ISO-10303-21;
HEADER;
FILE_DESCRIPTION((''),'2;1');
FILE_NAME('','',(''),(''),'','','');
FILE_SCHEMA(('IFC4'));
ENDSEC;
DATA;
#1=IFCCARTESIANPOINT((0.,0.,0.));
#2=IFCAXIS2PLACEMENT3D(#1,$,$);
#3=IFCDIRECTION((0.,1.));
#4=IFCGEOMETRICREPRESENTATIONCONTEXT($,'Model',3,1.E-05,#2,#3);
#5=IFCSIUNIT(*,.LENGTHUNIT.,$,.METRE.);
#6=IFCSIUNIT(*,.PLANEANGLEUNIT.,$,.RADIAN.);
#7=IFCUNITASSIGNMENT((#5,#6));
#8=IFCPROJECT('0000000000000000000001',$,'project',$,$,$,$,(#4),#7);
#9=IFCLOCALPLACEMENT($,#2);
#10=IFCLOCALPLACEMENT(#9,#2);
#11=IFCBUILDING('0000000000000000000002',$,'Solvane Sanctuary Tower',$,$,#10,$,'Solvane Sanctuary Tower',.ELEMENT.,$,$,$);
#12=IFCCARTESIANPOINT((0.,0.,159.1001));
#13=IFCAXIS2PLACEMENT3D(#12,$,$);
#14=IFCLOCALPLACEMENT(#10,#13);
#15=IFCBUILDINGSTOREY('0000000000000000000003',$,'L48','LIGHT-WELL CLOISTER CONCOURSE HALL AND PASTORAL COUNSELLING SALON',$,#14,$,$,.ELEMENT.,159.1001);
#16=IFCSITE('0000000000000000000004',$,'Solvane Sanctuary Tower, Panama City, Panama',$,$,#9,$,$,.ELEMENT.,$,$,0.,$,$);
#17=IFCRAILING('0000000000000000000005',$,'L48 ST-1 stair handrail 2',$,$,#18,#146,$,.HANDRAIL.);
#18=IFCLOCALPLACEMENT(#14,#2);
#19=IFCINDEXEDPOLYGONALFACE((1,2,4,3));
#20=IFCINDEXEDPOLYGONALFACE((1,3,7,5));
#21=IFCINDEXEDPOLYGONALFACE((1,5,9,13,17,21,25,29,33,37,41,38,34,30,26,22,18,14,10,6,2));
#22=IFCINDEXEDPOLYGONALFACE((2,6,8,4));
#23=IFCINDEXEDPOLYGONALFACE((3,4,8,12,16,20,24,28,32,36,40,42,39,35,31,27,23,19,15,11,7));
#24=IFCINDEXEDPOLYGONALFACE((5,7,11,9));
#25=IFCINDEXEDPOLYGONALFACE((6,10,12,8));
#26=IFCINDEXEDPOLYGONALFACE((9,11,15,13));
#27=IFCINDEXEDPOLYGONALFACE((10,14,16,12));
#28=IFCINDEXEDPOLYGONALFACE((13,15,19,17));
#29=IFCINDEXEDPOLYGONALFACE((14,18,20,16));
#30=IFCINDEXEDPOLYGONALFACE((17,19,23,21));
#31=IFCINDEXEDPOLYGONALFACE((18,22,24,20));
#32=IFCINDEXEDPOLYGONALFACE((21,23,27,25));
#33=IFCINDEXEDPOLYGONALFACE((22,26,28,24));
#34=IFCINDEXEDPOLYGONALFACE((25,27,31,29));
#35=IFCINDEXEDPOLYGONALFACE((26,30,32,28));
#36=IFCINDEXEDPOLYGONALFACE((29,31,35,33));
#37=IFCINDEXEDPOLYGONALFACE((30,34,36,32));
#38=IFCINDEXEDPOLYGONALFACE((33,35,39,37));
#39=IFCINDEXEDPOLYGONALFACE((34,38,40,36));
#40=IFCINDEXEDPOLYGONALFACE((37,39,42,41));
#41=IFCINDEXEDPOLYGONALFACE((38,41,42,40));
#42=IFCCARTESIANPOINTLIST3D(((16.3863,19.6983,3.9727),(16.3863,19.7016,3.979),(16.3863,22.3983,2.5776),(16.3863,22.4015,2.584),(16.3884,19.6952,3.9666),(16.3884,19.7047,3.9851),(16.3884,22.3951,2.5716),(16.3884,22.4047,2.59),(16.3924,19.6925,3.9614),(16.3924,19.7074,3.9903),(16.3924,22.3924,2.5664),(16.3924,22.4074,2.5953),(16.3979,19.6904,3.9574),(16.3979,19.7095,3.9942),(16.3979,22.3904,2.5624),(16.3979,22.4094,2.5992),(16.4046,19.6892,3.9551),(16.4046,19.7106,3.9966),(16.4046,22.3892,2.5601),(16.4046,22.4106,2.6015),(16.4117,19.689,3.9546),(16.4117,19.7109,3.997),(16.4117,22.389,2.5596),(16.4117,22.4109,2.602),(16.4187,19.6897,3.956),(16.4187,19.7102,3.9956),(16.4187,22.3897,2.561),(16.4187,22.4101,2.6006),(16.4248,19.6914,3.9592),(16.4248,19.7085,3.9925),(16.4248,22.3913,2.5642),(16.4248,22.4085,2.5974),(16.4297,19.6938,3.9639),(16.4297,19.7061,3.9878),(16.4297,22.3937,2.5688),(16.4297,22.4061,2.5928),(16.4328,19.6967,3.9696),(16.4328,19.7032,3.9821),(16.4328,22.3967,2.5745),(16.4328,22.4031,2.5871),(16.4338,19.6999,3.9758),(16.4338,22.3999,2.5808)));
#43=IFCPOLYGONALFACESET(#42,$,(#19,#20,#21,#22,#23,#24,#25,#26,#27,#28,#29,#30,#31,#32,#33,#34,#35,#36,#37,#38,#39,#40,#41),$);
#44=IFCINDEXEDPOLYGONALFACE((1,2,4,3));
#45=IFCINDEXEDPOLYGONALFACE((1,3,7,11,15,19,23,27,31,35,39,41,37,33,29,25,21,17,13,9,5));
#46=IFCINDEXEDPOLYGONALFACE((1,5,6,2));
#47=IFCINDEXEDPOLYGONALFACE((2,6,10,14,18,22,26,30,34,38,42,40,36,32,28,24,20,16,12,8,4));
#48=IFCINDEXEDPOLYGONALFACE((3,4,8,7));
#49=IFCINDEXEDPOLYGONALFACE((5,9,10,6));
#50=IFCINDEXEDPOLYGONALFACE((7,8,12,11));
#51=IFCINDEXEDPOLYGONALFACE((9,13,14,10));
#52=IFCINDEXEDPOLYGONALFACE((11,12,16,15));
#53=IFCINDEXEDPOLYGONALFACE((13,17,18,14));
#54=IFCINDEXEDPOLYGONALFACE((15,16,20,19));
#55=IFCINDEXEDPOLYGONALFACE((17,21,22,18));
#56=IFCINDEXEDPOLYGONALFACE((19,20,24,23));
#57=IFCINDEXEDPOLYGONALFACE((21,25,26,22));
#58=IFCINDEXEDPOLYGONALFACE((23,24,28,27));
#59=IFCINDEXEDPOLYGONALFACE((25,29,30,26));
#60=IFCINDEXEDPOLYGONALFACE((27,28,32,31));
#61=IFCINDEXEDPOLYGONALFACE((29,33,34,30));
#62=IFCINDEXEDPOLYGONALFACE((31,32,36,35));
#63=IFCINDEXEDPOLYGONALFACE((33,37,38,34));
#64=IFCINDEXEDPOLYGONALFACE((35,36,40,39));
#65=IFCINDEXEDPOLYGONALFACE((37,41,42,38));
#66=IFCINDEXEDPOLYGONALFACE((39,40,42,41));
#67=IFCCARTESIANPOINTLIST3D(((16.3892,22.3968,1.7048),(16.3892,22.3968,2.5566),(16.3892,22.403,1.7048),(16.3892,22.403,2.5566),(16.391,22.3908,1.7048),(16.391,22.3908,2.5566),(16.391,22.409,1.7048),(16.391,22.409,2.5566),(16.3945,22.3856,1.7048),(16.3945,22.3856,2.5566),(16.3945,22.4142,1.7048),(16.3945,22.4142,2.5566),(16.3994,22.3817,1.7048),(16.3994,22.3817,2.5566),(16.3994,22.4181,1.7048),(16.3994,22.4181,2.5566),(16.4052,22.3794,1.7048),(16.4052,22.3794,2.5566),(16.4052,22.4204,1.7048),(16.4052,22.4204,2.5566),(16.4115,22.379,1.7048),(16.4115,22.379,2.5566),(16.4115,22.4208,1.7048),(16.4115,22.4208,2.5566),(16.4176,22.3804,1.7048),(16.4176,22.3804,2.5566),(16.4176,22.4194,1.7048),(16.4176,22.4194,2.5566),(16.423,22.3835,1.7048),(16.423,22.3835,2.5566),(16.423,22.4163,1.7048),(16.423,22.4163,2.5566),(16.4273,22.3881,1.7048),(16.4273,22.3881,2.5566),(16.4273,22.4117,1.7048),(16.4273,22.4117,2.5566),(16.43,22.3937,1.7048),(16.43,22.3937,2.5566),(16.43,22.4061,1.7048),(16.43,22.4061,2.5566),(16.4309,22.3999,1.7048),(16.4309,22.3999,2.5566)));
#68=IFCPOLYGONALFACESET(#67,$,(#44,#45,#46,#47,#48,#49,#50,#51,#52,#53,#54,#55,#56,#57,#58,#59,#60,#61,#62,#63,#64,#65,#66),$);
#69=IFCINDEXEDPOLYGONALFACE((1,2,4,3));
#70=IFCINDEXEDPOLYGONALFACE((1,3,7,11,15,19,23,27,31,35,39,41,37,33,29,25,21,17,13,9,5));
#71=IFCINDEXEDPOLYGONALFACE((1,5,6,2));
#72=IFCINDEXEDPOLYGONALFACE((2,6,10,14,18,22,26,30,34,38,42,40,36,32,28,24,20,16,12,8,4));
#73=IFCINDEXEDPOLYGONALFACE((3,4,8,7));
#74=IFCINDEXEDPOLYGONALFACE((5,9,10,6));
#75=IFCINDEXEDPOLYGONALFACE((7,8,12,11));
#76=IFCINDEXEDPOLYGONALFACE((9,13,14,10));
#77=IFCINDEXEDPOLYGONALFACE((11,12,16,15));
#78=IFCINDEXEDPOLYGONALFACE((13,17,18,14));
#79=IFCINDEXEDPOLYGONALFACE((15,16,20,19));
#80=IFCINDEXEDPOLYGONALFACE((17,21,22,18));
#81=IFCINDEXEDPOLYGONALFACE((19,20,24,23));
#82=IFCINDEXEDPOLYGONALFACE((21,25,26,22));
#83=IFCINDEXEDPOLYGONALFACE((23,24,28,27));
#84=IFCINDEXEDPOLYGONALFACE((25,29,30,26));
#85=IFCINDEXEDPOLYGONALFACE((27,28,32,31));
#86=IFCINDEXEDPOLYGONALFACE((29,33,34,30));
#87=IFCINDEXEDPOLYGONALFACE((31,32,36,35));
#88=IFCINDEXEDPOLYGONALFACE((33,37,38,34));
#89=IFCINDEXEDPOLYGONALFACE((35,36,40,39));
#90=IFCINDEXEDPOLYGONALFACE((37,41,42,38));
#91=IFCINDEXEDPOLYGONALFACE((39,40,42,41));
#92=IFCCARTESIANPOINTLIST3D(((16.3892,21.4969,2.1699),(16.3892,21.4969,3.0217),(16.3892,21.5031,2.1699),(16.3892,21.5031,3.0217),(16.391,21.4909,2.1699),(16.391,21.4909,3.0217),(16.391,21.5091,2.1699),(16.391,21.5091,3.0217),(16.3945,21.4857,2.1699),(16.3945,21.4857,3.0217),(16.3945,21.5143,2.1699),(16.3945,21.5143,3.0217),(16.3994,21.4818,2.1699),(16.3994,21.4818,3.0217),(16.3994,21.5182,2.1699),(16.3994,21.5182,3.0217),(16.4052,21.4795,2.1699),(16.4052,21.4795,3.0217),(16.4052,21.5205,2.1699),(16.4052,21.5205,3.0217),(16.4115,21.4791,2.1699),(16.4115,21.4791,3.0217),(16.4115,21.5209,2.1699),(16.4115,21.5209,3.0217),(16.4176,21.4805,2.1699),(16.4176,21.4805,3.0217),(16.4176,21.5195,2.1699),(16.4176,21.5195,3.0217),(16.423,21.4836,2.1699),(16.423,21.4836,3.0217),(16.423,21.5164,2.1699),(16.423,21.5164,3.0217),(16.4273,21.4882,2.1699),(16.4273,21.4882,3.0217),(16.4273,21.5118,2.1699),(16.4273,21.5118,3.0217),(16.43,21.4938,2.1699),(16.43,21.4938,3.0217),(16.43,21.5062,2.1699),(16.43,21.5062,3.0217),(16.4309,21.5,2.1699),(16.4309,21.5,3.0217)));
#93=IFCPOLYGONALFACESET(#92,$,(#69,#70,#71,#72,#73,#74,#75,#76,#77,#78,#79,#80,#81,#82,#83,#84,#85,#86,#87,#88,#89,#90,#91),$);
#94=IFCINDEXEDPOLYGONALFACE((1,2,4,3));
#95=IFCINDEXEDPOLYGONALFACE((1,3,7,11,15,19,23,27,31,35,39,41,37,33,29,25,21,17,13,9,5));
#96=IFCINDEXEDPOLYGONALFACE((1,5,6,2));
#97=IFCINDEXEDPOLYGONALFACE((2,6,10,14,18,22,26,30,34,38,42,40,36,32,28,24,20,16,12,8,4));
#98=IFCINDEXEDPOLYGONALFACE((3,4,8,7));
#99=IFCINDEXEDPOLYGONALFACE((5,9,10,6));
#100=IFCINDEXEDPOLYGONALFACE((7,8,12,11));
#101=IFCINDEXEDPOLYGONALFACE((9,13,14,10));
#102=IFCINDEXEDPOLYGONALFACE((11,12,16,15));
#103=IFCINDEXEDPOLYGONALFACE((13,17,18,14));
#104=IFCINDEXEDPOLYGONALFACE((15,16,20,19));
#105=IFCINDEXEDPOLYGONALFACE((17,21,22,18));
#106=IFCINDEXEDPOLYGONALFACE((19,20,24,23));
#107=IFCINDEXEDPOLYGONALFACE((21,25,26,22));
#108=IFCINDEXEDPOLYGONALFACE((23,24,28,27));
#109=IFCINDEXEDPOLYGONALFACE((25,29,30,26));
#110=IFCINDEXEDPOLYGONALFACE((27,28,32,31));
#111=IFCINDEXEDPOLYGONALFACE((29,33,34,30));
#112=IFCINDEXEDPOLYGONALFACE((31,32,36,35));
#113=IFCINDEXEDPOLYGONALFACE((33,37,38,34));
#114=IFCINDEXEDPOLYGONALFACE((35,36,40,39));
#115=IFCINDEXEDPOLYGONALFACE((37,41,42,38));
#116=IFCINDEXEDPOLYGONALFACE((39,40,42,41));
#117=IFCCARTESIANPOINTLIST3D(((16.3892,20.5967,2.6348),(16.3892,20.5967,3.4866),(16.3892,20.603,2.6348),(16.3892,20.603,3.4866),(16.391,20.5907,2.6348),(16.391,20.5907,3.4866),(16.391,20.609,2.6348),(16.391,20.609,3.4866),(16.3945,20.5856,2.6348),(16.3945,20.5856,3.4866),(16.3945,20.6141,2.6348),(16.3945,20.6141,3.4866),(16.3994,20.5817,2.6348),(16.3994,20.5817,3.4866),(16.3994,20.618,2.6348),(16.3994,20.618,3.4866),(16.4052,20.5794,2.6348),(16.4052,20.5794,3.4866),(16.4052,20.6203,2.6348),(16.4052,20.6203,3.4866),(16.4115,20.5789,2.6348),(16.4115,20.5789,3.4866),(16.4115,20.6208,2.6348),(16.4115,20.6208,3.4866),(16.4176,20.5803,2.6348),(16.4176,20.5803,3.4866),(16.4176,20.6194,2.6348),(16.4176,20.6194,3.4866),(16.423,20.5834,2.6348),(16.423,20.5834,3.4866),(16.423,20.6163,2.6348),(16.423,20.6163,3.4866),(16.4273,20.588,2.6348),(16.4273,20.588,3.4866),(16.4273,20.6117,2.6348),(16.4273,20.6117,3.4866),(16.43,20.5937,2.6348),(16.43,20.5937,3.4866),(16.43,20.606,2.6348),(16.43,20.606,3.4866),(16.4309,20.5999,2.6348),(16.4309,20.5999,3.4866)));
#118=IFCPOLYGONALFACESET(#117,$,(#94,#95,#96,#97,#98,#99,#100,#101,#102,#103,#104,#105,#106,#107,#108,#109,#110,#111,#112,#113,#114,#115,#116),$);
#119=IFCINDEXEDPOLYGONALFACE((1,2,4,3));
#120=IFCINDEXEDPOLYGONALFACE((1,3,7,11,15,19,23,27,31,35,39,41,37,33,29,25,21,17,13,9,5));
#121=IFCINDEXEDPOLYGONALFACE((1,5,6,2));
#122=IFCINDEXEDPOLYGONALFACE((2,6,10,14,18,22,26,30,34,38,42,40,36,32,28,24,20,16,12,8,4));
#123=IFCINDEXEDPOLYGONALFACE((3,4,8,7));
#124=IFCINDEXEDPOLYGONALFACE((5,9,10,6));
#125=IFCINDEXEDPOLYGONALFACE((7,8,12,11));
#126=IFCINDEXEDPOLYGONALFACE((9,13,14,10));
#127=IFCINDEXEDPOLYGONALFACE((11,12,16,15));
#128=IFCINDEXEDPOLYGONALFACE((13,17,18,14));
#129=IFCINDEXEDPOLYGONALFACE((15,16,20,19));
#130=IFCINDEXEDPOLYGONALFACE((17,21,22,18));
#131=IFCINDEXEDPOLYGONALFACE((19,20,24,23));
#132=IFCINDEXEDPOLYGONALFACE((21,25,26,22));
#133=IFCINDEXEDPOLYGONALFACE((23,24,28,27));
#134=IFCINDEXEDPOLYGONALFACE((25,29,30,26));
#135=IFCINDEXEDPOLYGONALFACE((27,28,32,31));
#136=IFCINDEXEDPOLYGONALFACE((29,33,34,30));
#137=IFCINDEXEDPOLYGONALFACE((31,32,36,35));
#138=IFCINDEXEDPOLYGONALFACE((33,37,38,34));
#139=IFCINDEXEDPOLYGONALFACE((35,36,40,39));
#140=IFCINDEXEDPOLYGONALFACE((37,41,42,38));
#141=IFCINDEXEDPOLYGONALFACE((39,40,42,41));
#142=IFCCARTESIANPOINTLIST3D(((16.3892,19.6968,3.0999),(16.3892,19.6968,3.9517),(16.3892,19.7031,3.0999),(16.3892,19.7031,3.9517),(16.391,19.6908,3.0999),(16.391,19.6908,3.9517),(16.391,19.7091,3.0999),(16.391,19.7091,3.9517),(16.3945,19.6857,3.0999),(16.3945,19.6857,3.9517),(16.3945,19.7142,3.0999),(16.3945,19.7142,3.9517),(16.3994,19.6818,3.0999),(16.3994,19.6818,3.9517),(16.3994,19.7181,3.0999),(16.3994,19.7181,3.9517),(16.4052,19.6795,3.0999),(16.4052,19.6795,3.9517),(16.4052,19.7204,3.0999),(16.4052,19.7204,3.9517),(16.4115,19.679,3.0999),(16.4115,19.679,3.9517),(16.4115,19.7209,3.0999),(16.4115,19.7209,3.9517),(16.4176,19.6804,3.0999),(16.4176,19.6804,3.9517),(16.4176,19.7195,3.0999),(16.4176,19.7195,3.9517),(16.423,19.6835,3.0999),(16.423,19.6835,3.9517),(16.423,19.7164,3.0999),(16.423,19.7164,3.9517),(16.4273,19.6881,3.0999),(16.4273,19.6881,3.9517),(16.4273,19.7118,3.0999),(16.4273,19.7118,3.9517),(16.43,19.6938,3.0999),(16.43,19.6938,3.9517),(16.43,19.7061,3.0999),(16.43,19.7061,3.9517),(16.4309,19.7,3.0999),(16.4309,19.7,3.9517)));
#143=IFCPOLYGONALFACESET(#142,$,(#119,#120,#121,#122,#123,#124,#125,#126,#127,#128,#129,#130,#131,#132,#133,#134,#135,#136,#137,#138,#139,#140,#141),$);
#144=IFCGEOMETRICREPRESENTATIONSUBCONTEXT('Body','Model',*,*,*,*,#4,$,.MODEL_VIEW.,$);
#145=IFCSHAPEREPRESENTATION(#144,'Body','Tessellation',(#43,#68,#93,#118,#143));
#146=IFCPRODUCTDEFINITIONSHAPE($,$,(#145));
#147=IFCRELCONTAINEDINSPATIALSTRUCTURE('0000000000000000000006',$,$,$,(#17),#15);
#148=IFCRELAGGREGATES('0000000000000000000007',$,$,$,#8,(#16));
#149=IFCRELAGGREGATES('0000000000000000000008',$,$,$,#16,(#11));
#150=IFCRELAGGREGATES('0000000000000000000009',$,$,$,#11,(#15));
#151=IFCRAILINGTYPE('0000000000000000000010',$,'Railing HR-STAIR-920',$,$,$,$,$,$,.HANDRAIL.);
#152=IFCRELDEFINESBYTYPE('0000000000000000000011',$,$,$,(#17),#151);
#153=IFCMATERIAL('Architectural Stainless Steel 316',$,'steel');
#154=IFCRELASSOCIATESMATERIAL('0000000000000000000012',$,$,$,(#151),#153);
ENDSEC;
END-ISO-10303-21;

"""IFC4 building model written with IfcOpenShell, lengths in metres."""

from ifc_helpers import new_model, si_unit, direction, frame, origin, origin_2d, place, context, subcontext, project, spatial, circle, extrude, material, type_object, element, save


model = new_model("IFC4")

# Units and contexts
model_context = context("Model", 3, precision=1e-05, world=origin(), true_north=direction((0.0, 1.0)))
body_context = subcontext(model_context, "Body", "Model", "MODEL_VIEW")
ifc_project = project(units=[si_unit("LENGTHUNIT", "METRE"), si_unit("PLANEANGLEUNIT", "RADIAN")], contexts=[model_context])

# Site, building, storey
site_placement = place(None, origin())
site = spatial("IfcSite", under=ifc_project, at=site_placement, Name="Solvane Sanctuary Tower, Panama City, Panama", CompositionType="ELEMENT", RefElevation=0.0)
building_placement = place(site_placement, origin())
building = spatial("IfcBuilding", under=site, at=building_placement, Name="Solvane Sanctuary Tower", LongName="Solvane Sanctuary Tower", CompositionType="ELEMENT")
storey_placement = place(building_placement, frame((0.0, 0.0, 159.1001)))
storey = spatial("IfcBuildingStorey", under=building, at=storey_placement, Name="L48", Description="LIGHT-WELL CLOISTER CONCOURSE HALL AND PASTORAL COUNSELLING SALON", CompositionType="ELEMENT", Elevation=159.1001)

# Shared definitions
ifc_material_1 = material(Name="Architectural Stainless Steel 316", Category="steel")

# Railing
railing_type_1 = type_object("IfcRailingType", Name="Railing HR-STAIR-920", PredefinedType="HANDRAIL", material=ifc_material_1)
railing_1_placement = place(storey_placement, frame((16.4099, 22.3999, 1.7048)))
element("IfcRailing", 1, at=railing_1_placement, inside=storey, type_object=railing_type_1, Name="L48 ST-1 stair handrail 2", PredefinedType="HANDRAIL", context=body_context, shape_type="SweptSolid", body=[
    extrude(circle(Radius=0.0239, at=origin_2d()), frame((0.0, 0.0, 0.876), z_axis=(0.0, -0.88842, 0.459032), x_axis=(1.0, 0.0, 0.0)), (0.0, 0.0, 1.0), 3.0391),
    extrude(circle(Radius=0.021, at=origin_2d()), origin(), (0.0, 0.0, 1.0), 0.8518),
    extrude(circle(Radius=0.021, at=origin_2d()), frame((0.0, -0.8999, 0.4651)), (0.0, 0.0, 1.0), 0.8518),
    extrude(circle(Radius=0.021, at=origin_2d()), frame((0.0, -1.8, 0.9299)), (0.0, 0.0, 1.0), 0.8518),
    extrude(circle(Radius=0.021, at=origin_2d()), frame((0.0, -2.7, 1.395)), (0.0, 0.0, 1.0), 0.8518),
])

save(model, "model.ifc")
